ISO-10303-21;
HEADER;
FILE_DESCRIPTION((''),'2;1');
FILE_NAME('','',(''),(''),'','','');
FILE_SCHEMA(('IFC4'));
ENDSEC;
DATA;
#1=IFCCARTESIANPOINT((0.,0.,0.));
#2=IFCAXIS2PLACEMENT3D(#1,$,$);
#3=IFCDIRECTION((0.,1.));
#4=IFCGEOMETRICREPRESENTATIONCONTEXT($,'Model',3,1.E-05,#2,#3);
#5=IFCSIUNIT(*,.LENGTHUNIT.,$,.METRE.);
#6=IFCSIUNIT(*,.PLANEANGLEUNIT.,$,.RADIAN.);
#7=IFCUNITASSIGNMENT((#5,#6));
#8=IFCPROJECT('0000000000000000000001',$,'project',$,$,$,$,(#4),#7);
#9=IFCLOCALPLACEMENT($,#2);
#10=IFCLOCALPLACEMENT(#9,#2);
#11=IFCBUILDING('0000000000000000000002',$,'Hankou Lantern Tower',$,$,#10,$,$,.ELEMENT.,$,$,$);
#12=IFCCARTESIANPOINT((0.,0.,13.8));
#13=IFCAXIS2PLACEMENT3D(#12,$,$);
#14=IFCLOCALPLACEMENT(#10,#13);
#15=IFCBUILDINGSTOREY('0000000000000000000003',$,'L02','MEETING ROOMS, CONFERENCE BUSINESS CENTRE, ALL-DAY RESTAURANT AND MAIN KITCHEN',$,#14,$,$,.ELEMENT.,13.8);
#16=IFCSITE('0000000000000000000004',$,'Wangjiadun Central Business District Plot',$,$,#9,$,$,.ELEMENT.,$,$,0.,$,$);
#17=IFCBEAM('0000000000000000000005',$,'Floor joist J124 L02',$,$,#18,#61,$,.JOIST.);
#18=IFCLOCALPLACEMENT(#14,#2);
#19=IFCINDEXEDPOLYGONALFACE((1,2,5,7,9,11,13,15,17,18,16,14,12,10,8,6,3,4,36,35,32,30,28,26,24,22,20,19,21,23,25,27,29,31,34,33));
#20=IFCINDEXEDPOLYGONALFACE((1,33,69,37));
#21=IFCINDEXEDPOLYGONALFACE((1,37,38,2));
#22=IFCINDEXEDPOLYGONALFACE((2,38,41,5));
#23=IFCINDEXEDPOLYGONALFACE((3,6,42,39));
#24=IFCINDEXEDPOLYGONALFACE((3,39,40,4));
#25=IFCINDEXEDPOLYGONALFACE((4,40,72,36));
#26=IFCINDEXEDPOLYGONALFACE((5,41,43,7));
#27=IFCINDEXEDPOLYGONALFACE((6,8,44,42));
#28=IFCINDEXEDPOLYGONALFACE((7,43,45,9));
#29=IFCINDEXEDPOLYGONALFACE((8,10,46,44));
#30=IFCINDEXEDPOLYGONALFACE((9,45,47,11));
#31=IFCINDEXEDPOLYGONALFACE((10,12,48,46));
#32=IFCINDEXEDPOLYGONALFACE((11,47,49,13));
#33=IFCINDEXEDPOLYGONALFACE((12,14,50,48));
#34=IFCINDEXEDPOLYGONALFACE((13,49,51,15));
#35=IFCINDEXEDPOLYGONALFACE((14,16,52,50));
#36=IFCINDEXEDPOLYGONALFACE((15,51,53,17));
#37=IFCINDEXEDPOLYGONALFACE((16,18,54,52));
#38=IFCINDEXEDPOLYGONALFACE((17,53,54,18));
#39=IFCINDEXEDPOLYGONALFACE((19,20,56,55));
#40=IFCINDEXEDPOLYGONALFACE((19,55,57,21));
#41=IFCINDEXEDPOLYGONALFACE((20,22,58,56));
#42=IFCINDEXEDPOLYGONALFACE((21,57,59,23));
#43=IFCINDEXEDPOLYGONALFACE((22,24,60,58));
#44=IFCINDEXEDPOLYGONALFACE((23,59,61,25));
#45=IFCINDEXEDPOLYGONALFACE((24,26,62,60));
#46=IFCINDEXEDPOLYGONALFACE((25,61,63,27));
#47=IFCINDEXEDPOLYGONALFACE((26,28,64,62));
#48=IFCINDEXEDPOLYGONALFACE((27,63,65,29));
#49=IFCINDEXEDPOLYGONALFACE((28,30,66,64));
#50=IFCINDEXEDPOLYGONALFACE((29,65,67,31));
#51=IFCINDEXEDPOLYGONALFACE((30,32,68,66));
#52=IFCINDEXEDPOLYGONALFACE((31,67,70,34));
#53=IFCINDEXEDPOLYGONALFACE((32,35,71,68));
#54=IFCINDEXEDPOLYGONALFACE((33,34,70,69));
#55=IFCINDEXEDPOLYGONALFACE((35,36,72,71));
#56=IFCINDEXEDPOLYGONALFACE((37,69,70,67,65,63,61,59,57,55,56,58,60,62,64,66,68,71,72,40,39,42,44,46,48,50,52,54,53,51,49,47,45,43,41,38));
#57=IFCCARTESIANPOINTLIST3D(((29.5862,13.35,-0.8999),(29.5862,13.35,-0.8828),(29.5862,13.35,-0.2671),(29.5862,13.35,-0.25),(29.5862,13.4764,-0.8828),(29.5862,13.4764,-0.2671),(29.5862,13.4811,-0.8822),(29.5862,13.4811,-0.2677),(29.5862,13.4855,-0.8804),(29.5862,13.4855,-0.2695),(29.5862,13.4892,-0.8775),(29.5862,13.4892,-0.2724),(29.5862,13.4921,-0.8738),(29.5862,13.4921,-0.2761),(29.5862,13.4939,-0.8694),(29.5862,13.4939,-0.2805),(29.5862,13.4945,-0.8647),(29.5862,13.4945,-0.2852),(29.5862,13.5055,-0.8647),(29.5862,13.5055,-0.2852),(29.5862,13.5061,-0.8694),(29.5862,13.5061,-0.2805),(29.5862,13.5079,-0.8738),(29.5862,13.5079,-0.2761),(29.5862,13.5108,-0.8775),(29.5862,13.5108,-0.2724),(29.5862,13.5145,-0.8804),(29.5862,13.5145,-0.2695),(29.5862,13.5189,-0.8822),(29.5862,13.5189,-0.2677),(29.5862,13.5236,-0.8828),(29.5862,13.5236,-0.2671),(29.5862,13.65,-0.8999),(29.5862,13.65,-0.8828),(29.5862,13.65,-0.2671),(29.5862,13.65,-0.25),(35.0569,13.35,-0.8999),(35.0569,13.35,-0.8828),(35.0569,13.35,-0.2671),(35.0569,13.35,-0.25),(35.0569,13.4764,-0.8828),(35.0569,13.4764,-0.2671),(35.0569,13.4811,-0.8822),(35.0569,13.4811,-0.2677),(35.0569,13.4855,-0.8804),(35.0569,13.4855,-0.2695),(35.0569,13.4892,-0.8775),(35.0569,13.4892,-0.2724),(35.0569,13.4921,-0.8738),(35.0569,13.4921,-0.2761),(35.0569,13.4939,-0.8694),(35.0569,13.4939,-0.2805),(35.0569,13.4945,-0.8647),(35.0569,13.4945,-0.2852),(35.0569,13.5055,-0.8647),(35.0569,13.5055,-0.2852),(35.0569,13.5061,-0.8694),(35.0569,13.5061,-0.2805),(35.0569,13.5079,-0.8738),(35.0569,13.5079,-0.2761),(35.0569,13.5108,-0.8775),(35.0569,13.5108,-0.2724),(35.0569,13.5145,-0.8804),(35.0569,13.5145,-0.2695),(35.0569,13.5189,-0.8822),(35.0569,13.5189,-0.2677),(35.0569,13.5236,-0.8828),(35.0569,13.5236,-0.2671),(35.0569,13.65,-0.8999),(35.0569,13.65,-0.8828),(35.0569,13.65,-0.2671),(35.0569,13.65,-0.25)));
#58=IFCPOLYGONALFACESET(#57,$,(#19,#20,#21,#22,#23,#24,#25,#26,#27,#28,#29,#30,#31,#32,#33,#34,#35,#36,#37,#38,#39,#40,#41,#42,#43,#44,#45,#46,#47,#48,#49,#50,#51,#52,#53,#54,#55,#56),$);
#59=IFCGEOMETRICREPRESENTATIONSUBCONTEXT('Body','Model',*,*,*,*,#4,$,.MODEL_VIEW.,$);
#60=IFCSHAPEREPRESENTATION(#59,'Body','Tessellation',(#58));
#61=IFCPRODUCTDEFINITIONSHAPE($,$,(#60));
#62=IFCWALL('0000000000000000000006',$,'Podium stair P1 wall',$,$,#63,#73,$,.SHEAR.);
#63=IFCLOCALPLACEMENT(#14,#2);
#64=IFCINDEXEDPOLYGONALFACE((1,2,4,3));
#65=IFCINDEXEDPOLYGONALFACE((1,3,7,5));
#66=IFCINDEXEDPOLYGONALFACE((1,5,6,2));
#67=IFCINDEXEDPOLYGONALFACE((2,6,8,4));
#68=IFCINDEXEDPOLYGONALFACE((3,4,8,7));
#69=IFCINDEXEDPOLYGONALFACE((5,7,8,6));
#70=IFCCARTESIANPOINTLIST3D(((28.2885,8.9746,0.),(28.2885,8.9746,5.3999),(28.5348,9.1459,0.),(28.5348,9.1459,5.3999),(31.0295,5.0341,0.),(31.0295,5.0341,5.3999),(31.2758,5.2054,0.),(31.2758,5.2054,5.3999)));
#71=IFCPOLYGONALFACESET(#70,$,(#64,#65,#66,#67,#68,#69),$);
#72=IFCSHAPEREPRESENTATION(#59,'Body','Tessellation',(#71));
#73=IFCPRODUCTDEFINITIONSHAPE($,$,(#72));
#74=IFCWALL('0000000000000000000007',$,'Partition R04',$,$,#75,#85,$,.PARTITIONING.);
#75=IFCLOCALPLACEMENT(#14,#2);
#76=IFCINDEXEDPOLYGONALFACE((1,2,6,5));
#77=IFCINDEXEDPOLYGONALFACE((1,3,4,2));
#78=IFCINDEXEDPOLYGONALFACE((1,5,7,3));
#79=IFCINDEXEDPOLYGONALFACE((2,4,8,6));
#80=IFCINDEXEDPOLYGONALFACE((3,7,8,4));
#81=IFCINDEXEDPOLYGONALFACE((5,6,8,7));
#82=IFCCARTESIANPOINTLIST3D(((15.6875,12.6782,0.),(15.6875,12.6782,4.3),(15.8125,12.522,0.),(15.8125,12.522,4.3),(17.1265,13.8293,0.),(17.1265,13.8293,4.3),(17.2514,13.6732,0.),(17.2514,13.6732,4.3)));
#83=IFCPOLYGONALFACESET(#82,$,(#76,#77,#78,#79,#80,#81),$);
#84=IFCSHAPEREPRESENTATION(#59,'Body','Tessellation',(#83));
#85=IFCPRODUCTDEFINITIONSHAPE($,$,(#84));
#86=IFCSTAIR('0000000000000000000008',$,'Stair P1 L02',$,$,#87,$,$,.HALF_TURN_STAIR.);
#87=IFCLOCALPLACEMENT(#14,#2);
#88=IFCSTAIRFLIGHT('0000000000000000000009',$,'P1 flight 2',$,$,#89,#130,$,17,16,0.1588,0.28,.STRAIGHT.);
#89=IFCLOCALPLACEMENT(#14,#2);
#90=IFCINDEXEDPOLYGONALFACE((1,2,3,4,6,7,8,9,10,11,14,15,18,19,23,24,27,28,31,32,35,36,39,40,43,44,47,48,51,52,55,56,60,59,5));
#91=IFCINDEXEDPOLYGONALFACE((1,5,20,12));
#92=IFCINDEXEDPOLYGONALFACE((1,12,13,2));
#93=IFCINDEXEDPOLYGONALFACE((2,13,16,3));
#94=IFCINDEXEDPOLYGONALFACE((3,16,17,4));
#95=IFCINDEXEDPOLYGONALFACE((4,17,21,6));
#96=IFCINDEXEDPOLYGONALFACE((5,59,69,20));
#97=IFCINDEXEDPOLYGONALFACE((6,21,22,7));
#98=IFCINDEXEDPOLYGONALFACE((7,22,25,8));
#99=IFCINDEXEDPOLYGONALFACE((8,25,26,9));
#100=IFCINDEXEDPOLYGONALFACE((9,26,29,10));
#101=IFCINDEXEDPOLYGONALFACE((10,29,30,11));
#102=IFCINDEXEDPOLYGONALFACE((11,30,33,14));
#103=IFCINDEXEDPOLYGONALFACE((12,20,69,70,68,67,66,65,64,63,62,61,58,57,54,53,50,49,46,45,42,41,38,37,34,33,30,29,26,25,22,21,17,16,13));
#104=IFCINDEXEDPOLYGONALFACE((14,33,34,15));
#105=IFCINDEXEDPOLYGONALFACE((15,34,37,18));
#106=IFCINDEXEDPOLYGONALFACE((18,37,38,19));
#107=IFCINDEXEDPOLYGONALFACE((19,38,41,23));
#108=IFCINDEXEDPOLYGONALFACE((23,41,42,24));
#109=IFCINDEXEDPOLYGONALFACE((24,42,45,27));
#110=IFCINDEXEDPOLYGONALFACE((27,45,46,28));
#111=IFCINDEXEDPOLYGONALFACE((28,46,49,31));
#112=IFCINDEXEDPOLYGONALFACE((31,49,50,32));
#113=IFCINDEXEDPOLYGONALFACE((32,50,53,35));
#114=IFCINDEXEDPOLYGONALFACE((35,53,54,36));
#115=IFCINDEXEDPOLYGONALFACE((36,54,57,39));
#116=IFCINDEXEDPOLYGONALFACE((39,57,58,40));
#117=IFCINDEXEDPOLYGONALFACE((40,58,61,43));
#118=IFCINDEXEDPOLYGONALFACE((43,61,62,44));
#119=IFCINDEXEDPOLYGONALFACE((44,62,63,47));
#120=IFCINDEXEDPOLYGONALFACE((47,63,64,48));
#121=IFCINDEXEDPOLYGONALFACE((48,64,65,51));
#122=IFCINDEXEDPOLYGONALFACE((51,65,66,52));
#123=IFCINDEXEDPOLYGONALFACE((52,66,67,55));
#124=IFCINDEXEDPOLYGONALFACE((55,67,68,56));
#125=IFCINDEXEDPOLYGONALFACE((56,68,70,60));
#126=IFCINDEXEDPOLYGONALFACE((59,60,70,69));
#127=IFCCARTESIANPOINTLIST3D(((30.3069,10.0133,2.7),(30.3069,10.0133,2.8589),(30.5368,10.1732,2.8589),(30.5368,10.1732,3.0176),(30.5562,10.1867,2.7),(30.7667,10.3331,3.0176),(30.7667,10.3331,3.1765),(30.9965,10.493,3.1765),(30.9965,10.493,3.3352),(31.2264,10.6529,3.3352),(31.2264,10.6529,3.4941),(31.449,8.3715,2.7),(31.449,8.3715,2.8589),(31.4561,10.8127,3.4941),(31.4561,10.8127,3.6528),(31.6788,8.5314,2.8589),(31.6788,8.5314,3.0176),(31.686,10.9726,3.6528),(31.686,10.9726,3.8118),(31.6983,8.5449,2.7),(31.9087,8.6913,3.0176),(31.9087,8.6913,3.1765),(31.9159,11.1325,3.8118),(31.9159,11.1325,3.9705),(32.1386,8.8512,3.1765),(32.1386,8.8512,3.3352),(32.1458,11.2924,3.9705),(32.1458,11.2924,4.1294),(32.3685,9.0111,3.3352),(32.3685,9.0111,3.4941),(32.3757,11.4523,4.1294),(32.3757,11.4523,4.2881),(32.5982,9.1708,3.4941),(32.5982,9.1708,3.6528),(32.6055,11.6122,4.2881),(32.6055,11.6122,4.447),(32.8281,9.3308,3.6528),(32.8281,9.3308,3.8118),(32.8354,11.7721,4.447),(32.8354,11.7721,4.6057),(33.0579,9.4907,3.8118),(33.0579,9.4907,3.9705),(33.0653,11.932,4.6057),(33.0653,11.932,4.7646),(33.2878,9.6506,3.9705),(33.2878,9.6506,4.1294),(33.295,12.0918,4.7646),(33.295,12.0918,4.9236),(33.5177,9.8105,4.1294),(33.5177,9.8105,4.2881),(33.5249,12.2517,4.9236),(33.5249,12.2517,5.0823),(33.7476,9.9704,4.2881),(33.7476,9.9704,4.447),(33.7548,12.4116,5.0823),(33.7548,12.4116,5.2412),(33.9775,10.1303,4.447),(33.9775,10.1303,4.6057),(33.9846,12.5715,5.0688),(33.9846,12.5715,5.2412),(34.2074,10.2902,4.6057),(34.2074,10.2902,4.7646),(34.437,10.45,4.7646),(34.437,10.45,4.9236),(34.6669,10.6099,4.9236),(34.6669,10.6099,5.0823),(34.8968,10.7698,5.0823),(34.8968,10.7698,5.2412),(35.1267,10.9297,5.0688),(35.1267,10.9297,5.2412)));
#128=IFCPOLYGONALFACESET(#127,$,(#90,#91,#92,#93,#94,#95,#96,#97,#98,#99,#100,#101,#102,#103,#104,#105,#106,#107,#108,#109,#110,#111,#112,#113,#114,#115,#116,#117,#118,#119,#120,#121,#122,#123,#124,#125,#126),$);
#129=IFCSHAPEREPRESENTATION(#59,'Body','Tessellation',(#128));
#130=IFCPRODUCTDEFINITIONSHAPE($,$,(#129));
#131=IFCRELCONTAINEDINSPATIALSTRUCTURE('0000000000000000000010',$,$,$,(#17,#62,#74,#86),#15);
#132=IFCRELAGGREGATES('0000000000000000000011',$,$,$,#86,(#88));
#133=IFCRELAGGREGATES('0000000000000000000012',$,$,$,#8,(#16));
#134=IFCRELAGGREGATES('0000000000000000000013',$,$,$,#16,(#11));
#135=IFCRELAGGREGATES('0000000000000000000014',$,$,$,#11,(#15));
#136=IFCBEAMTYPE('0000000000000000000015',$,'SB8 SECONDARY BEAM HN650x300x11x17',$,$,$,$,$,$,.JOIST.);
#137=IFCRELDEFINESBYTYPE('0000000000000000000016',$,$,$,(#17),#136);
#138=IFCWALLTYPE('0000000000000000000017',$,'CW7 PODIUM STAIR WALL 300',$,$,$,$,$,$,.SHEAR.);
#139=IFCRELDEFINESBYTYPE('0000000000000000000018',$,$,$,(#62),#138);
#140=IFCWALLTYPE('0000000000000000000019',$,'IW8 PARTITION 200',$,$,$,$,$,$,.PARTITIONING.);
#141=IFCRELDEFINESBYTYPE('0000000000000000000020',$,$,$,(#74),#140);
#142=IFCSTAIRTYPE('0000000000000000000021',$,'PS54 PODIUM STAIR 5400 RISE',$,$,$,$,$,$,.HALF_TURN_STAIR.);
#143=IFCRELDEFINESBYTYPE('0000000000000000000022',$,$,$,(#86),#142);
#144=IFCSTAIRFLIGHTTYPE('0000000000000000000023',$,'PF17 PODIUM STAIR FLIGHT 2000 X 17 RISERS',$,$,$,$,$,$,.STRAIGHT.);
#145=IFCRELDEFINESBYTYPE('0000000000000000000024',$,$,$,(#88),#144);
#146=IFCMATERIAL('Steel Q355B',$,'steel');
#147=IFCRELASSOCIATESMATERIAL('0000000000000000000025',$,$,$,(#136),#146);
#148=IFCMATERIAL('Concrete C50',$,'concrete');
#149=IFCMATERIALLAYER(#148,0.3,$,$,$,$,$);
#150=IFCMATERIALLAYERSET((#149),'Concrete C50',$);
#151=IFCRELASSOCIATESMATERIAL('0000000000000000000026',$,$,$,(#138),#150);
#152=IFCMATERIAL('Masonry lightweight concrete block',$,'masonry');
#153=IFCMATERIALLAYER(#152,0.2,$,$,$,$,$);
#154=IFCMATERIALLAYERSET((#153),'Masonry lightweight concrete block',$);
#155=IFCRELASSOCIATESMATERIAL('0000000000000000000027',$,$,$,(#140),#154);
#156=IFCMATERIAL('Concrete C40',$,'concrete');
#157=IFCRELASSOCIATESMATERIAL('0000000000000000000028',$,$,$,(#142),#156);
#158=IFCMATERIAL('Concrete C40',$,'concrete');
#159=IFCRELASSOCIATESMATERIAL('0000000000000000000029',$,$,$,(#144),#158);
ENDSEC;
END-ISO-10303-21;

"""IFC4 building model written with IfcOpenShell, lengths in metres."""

from ifc_helpers import new_model, si_unit, direction, frame, frame_2d, origin, origin_2d, place, context, subcontext, project, spatial, polyline, rectangle, i_section, outline, extrude, material, layer, layer_set, material_profile, profile_set, type_object, element, aggregate, save


model = new_model("IFC4")

# Units and contexts
model_context = context("Model", 3, precision=1e-05, world=origin(), true_north=direction((0.0, 1.0)))
body_context = subcontext(model_context, "Body", "Model", "MODEL_VIEW")
ifc_project = project(units=[si_unit("LENGTHUNIT", "METRE"), si_unit("PLANEANGLEUNIT", "RADIAN")], contexts=[model_context])

# Site, building, storey
site_placement = place(None, origin())
site = spatial("IfcSite", under=ifc_project, at=site_placement, Name="Wangjiadun Central Business District Plot", CompositionType="ELEMENT", RefElevation=0.0)
building_placement = place(site_placement, origin())
building = spatial("IfcBuilding", under=site, at=building_placement, Name="Hankou Lantern Tower", CompositionType="ELEMENT")
storey_placement = place(building_placement, frame((0.0, 0.0, 13.8)))
storey = spatial("IfcBuildingStorey", under=building, at=storey_placement, Name="L02", Description="MEETING ROOMS, CONFERENCE BUSINESS CENTRE, ALL-DAY RESTAURANT AND MAIN KITCHEN", CompositionType="ELEMENT", Elevation=13.8)

# Beam
ifc_material_1 = material(Name="Steel Q355B", Category="steel")
ifc_material_profile_1 = material_profile(ifc_material_1, i_section(OverallWidth=0.3, OverallDepth=0.6499, WebThickness=0.011, FlangeThickness=0.0171, FilletRadius=0.0181, at=origin_2d()), Name="HN650x300x11x17")
ifc_profile_set_1 = profile_set([ifc_material_profile_1], Name="Steel Q355B")
beam_type_1 = type_object("IfcBeamType", Name="SB8 SECONDARY BEAM HN650x300x11x17", PredefinedType="JOIST", material=ifc_profile_set_1)
beam_1_placement = place(storey_placement, frame((29.5862, 13.5, -0.575), z_axis=(1.0, 0.0, 0.0), x_axis=(0.0, 1.0, 0.0)))
element("IfcBeam", 1, at=beam_1_placement, inside=storey, type_object=beam_type_1, Name="Floor joist J124 L02", PredefinedType="JOIST", context=body_context, shape_type="SweptSolid", body=[
    extrude(i_section(OverallWidth=0.3, OverallDepth=0.6499, WebThickness=0.011, FlangeThickness=0.0171, FilletRadius=0.0181, at=origin_2d()), origin(), (0.0, 0.0, 1.0), 5.4707),
])

# Walls
ifc_material_2 = material(Name="Concrete C50", Category="concrete")
ifc_layer_1 = layer(ifc_material_2, 0.3)
ifc_layer_set_1 = layer_set([ifc_layer_1], Name="Concrete C50")
wall_type_1 = type_object("IfcWallType", Name="CW7 PODIUM STAIR WALL 300", PredefinedType="SHEAR", material=ifc_layer_set_1)
wall_1_placement = place(storey_placement, frame((31.1526, 5.1199, 0.0), z_axis=(0.0, 0.0, 1.0), x_axis=(-0.571036, 0.820925, 0.0)))
element("IfcWall", 2, at=wall_1_placement, inside=storey, type_object=wall_type_1, Name="Podium stair P1 wall", PredefinedType="SHEAR", context=body_context, shape_type="SweptSolid", body=[
    extrude(rectangle(XDim=4.8, YDim=0.3, at=frame_2d((2.3999, 0.0))), origin(), (0.0, 0.0, 1.0), 5.3999),
])
ifc_material_3 = material(Name="Masonry lightweight concrete block", Category="masonry")
ifc_layer_2 = layer(ifc_material_3, 0.2)
ifc_layer_set_2 = layer_set([ifc_layer_2], Name="Masonry lightweight concrete block")
wall_type_2 = type_object("IfcWallType", Name="IW8 PARTITION 200", PredefinedType="PARTITIONING", material=ifc_layer_set_2)
wall_2_placement = place(storey_placement, frame((15.75, 12.6001, 0.0), z_axis=(0.0, 0.0, 1.0), x_axis=(0.780882, 0.624679, 0.0)))
element("IfcWall", 3, at=wall_2_placement, inside=storey, type_object=wall_type_2, Name="Partition R04", PredefinedType="PARTITIONING", context=body_context, shape_type="SweptSolid", body=[
    extrude(rectangle(XDim=1.8428, YDim=0.2, at=frame_2d((0.9214, 0.0))), origin(), (0.0, 0.0, 1.0), 4.3),
])

# Stair, stair flight
ifc_material_4 = material(Name="Concrete C40", Category="concrete")
stair_type = type_object("IfcStairType", Name="PS54 PODIUM STAIR 5400 RISE", PredefinedType="HALF_TURN_STAIR", material=ifc_material_4)
stair_placement = place(storey_placement, origin())
stair = element("IfcStair", 4, at=stair_placement, inside=storey, type_object=stair_type, Name="Stair P1 L02", PredefinedType="HALF_TURN_STAIR")
ifc_material_5 = material(Name="Concrete C40", Category="concrete")
stair_flight_type = type_object("IfcStairFlightType", Name="PF17 PODIUM STAIR FLIGHT 2000 X 17 RISERS", PredefinedType="STRAIGHT", material=ifc_material_5)
stair_flight_placement = place(storey_placement, frame((30.8779, 9.1924, 2.7), z_axis=(0.0, 0.0, 1.0), x_axis=(0.820927, 0.571033, 0.0)))
stair_flight = element("IfcStairFlight", 5, at=stair_flight_placement, type_object=stair_flight_type, Name="P1 flight 2", NumberOfRisers=17, NumberOfTreads=16, PredefinedType="STRAIGHT", RiserHeight=0.1588, TreadLength=0.28, context=body_context, shape_type="SweptSolid", body=[
    extrude(outline(polyline([(0.0, 0.0), (0.0, 0.1589), (0.28, 0.1589), (0.28, 0.3176), (0.5601, 0.3176), (0.5601, 0.4766), (0.8401, 0.4766), (0.8401, 0.6353), (1.1201, 0.6353), (1.1201, 0.7942), (1.3999, 0.7942), (1.3999, 0.9529), (1.6799, 0.9529), (1.6799, 1.1118), (1.96, 1.1118), (1.96, 1.2705), (2.24, 1.2705), (2.24, 1.4294), (2.52, 1.4294), (2.52, 1.5881), (2.8, 1.5881), (2.8, 1.7471), (3.0801, 1.7471), (3.0801, 1.9058), (3.3601, 1.9058), (3.3601, 2.0647), (3.6399, 2.0647), (3.6399, 2.2236), (3.9199, 2.2236), (3.9199, 2.3823), (4.2, 2.3823), (4.2, 2.5413), (4.48, 2.5413), (4.48, 2.7), (4.48, 2.3689), (0.3037, 0.0), (0.0, 0.0)])), frame((0.0, 1.0, 0.0), z_axis=(0.0, -1.0, 0.0), x_axis=(1.0, 0.0, 0.0)), (0.0, 0.0, 1.0), 2.0),
])
aggregate(stair, [stair_flight])

save(model, "model.ifc")
